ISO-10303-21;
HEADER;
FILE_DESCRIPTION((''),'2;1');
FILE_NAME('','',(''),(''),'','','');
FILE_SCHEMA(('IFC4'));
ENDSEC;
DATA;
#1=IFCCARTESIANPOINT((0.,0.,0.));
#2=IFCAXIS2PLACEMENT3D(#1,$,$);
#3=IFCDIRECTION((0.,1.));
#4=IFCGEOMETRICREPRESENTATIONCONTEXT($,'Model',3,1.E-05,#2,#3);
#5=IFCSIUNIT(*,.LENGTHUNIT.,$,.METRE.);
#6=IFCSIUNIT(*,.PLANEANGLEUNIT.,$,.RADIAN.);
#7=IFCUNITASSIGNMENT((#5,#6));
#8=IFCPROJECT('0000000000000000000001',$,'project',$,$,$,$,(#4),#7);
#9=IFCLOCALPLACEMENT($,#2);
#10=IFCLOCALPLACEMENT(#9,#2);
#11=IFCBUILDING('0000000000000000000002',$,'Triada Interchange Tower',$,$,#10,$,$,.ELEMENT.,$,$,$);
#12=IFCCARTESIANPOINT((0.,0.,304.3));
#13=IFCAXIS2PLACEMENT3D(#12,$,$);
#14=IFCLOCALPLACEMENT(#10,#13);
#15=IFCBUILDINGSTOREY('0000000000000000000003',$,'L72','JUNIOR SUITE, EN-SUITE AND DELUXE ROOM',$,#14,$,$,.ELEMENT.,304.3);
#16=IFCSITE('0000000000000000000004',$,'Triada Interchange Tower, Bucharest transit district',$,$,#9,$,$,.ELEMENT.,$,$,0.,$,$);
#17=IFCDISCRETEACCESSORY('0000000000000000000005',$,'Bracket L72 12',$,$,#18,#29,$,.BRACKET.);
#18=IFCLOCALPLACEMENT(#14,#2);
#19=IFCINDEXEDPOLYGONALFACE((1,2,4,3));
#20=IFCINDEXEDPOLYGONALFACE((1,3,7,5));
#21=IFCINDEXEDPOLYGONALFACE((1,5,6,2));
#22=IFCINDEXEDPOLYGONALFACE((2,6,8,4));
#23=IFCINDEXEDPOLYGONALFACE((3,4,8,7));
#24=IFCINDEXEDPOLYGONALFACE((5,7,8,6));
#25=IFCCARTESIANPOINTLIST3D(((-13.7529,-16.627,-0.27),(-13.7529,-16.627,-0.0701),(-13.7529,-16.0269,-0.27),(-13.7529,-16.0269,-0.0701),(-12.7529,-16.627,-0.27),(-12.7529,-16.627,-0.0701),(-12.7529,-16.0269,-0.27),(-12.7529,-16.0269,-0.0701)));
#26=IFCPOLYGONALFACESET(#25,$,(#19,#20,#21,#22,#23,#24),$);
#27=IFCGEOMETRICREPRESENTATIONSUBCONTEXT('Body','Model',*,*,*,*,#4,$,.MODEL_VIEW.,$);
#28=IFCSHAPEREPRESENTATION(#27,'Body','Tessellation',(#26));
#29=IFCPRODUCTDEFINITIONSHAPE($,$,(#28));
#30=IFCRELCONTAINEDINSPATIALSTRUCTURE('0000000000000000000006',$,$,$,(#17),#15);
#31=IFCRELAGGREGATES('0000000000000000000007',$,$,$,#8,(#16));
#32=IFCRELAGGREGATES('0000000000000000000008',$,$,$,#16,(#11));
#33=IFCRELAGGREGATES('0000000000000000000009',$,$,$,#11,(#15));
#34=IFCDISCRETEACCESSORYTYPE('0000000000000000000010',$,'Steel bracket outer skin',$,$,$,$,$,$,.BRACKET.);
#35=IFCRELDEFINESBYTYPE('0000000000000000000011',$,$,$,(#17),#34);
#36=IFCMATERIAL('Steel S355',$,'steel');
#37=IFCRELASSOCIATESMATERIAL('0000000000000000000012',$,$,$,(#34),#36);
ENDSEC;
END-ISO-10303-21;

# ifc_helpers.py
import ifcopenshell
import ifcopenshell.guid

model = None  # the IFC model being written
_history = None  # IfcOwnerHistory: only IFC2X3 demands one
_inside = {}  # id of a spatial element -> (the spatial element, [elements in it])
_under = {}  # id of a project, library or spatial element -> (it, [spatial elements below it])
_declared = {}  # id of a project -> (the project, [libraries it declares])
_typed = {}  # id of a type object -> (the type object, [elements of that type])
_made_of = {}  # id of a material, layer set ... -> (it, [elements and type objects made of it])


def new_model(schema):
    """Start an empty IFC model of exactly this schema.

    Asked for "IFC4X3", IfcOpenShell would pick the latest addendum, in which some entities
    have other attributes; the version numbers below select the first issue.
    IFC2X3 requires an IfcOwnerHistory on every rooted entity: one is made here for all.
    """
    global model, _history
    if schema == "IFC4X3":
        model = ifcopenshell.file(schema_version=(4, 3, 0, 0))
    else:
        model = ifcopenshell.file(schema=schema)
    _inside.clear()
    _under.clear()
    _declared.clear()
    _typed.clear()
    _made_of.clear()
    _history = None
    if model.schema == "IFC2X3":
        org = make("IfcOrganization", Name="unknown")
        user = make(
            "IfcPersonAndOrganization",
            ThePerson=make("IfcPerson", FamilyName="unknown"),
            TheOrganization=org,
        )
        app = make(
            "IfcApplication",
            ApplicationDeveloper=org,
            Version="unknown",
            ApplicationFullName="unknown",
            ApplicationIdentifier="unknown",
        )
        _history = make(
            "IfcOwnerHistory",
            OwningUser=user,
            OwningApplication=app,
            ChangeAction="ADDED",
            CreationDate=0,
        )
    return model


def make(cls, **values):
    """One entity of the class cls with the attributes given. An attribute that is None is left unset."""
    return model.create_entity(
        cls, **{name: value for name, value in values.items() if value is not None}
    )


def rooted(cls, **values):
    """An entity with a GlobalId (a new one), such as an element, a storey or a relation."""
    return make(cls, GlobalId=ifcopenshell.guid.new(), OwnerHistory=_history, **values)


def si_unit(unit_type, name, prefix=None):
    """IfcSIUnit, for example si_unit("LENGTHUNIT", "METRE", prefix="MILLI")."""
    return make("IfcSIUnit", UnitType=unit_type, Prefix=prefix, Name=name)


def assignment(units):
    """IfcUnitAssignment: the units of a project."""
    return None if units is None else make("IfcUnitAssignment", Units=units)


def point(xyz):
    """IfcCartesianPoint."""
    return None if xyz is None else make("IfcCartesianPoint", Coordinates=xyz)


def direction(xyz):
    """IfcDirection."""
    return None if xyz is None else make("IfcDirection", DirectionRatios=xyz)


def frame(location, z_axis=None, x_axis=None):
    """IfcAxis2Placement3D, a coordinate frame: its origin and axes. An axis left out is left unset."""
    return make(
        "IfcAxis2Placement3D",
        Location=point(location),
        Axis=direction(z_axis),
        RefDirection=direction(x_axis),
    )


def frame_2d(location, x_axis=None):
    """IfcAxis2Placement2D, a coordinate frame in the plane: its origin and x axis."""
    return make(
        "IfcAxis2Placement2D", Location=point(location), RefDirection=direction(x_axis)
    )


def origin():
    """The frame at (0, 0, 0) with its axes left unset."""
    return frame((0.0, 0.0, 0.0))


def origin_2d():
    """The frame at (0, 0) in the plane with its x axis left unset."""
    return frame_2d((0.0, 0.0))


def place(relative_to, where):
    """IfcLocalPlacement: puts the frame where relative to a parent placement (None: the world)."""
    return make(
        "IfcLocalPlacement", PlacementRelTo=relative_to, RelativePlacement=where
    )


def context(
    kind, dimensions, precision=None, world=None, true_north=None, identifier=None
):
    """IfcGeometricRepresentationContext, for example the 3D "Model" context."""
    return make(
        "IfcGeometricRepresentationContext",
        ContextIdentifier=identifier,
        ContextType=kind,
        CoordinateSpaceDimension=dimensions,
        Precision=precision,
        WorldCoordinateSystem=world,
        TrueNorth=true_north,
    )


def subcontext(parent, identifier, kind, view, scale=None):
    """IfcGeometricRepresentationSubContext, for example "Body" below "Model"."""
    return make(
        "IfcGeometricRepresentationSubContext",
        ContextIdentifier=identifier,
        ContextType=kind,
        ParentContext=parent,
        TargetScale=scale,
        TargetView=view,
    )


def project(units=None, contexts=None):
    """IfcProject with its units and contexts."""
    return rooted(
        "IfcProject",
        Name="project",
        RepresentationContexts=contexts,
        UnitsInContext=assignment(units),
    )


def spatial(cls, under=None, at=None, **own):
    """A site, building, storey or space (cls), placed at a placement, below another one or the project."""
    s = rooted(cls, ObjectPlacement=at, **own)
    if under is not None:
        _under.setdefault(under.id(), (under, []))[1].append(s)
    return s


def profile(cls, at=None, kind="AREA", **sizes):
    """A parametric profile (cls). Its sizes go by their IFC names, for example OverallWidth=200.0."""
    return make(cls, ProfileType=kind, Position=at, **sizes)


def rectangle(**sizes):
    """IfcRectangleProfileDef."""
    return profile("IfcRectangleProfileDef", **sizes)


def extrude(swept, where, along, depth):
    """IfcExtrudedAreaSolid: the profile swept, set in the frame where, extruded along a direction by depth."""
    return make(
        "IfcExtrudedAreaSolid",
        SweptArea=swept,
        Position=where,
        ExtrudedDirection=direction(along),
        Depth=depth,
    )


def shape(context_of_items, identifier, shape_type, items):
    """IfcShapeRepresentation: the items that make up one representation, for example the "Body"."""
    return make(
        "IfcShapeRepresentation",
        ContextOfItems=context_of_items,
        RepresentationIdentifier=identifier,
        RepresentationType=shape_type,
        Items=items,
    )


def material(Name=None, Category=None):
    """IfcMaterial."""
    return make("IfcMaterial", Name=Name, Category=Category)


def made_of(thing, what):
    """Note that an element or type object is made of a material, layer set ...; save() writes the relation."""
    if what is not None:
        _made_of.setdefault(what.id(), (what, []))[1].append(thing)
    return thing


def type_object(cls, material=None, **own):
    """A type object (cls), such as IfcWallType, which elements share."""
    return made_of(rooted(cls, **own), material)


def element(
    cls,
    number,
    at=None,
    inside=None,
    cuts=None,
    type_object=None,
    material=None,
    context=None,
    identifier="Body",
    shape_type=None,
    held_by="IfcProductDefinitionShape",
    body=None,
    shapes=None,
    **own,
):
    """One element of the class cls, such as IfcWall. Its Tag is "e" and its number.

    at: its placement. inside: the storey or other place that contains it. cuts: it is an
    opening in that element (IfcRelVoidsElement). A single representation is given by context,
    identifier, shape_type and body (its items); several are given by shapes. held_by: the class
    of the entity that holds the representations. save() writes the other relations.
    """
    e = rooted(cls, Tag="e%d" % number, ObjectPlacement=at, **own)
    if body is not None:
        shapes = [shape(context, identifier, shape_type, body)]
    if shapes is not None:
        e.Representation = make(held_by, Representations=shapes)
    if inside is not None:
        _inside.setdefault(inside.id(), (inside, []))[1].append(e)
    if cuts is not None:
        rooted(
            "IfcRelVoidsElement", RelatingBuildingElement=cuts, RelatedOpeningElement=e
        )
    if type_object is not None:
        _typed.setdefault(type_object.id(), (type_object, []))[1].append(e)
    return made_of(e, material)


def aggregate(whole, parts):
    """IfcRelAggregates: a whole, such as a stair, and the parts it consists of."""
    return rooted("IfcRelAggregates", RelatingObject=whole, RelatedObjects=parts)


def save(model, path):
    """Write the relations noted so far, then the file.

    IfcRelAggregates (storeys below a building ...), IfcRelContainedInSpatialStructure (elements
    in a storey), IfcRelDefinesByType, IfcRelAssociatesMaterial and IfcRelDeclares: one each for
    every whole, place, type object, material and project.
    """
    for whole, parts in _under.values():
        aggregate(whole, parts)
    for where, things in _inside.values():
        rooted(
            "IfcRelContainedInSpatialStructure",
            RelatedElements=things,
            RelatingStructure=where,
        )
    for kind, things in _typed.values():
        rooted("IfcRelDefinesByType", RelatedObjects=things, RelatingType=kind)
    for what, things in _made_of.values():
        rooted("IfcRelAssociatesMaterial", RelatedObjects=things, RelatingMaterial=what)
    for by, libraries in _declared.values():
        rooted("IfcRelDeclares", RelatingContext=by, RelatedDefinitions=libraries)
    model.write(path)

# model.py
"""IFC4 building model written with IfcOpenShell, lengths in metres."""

from ifc_helpers import new_model, si_unit, direction, frame, origin, origin_2d, place, context, subcontext, project, spatial, rectangle, extrude, material, type_object, element, save


model = new_model("IFC4")

# Units and contexts
model_context = context("Model", 3, precision=1e-05, world=origin(), true_north=direction((0.0, 1.0)))
body_context = subcontext(model_context, "Body", "Model", "MODEL_VIEW")
ifc_project = project(units=[si_unit("LENGTHUNIT", "METRE"), si_unit("PLANEANGLEUNIT", "RADIAN")], contexts=[model_context])

# Site, building, storey
site_placement = place(None, origin())
site = spatial("IfcSite", under=ifc_project, at=site_placement, Name="Triada Interchange Tower, Bucharest transit district", CompositionType="ELEMENT", RefElevation=0.0)
building_placement = place(site_placement, origin())
building = spatial("IfcBuilding", under=site, at=building_placement, Name="Triada Interchange Tower", CompositionType="ELEMENT")
storey_placement = place(building_placement, frame((0.0, 0.0, 304.3)))
storey = spatial("IfcBuildingStorey", under=building, at=storey_placement, Name="L72", Description="JUNIOR SUITE, EN-SUITE AND DELUXE ROOM", CompositionType="ELEMENT", Elevation=304.3)

# Discrete accessory
ifc_material_1 = material(Name="Steel S355", Category="steel")
discrete_accessory_type = type_object("IfcDiscreteAccessoryType", Name="Steel bracket outer skin", PredefinedType="BRACKET", material=ifc_material_1)
for number, where, z_axis, x_axis, name in (
    (1, (-13.2529, -16.3269, -0.27), (0.0, 0.0, 1.0), (0.0, -1.0, 0.0), "Bracket L72 12"),
):
    element("IfcDiscreteAccessory", number, at=place(storey_placement, frame(where, z_axis=z_axis, x_axis=x_axis)), inside=storey, type_object=discrete_accessory_type, Name=name, PredefinedType="BRACKET", context=body_context, shape_type="SweptSolid", body=[
        extrude(rectangle(XDim=0.6001, YDim=1.0, at=origin_2d()), origin(), (0.0, 0.0, 1.0), 0.2),
    ])

save(model, "model.ifc")
